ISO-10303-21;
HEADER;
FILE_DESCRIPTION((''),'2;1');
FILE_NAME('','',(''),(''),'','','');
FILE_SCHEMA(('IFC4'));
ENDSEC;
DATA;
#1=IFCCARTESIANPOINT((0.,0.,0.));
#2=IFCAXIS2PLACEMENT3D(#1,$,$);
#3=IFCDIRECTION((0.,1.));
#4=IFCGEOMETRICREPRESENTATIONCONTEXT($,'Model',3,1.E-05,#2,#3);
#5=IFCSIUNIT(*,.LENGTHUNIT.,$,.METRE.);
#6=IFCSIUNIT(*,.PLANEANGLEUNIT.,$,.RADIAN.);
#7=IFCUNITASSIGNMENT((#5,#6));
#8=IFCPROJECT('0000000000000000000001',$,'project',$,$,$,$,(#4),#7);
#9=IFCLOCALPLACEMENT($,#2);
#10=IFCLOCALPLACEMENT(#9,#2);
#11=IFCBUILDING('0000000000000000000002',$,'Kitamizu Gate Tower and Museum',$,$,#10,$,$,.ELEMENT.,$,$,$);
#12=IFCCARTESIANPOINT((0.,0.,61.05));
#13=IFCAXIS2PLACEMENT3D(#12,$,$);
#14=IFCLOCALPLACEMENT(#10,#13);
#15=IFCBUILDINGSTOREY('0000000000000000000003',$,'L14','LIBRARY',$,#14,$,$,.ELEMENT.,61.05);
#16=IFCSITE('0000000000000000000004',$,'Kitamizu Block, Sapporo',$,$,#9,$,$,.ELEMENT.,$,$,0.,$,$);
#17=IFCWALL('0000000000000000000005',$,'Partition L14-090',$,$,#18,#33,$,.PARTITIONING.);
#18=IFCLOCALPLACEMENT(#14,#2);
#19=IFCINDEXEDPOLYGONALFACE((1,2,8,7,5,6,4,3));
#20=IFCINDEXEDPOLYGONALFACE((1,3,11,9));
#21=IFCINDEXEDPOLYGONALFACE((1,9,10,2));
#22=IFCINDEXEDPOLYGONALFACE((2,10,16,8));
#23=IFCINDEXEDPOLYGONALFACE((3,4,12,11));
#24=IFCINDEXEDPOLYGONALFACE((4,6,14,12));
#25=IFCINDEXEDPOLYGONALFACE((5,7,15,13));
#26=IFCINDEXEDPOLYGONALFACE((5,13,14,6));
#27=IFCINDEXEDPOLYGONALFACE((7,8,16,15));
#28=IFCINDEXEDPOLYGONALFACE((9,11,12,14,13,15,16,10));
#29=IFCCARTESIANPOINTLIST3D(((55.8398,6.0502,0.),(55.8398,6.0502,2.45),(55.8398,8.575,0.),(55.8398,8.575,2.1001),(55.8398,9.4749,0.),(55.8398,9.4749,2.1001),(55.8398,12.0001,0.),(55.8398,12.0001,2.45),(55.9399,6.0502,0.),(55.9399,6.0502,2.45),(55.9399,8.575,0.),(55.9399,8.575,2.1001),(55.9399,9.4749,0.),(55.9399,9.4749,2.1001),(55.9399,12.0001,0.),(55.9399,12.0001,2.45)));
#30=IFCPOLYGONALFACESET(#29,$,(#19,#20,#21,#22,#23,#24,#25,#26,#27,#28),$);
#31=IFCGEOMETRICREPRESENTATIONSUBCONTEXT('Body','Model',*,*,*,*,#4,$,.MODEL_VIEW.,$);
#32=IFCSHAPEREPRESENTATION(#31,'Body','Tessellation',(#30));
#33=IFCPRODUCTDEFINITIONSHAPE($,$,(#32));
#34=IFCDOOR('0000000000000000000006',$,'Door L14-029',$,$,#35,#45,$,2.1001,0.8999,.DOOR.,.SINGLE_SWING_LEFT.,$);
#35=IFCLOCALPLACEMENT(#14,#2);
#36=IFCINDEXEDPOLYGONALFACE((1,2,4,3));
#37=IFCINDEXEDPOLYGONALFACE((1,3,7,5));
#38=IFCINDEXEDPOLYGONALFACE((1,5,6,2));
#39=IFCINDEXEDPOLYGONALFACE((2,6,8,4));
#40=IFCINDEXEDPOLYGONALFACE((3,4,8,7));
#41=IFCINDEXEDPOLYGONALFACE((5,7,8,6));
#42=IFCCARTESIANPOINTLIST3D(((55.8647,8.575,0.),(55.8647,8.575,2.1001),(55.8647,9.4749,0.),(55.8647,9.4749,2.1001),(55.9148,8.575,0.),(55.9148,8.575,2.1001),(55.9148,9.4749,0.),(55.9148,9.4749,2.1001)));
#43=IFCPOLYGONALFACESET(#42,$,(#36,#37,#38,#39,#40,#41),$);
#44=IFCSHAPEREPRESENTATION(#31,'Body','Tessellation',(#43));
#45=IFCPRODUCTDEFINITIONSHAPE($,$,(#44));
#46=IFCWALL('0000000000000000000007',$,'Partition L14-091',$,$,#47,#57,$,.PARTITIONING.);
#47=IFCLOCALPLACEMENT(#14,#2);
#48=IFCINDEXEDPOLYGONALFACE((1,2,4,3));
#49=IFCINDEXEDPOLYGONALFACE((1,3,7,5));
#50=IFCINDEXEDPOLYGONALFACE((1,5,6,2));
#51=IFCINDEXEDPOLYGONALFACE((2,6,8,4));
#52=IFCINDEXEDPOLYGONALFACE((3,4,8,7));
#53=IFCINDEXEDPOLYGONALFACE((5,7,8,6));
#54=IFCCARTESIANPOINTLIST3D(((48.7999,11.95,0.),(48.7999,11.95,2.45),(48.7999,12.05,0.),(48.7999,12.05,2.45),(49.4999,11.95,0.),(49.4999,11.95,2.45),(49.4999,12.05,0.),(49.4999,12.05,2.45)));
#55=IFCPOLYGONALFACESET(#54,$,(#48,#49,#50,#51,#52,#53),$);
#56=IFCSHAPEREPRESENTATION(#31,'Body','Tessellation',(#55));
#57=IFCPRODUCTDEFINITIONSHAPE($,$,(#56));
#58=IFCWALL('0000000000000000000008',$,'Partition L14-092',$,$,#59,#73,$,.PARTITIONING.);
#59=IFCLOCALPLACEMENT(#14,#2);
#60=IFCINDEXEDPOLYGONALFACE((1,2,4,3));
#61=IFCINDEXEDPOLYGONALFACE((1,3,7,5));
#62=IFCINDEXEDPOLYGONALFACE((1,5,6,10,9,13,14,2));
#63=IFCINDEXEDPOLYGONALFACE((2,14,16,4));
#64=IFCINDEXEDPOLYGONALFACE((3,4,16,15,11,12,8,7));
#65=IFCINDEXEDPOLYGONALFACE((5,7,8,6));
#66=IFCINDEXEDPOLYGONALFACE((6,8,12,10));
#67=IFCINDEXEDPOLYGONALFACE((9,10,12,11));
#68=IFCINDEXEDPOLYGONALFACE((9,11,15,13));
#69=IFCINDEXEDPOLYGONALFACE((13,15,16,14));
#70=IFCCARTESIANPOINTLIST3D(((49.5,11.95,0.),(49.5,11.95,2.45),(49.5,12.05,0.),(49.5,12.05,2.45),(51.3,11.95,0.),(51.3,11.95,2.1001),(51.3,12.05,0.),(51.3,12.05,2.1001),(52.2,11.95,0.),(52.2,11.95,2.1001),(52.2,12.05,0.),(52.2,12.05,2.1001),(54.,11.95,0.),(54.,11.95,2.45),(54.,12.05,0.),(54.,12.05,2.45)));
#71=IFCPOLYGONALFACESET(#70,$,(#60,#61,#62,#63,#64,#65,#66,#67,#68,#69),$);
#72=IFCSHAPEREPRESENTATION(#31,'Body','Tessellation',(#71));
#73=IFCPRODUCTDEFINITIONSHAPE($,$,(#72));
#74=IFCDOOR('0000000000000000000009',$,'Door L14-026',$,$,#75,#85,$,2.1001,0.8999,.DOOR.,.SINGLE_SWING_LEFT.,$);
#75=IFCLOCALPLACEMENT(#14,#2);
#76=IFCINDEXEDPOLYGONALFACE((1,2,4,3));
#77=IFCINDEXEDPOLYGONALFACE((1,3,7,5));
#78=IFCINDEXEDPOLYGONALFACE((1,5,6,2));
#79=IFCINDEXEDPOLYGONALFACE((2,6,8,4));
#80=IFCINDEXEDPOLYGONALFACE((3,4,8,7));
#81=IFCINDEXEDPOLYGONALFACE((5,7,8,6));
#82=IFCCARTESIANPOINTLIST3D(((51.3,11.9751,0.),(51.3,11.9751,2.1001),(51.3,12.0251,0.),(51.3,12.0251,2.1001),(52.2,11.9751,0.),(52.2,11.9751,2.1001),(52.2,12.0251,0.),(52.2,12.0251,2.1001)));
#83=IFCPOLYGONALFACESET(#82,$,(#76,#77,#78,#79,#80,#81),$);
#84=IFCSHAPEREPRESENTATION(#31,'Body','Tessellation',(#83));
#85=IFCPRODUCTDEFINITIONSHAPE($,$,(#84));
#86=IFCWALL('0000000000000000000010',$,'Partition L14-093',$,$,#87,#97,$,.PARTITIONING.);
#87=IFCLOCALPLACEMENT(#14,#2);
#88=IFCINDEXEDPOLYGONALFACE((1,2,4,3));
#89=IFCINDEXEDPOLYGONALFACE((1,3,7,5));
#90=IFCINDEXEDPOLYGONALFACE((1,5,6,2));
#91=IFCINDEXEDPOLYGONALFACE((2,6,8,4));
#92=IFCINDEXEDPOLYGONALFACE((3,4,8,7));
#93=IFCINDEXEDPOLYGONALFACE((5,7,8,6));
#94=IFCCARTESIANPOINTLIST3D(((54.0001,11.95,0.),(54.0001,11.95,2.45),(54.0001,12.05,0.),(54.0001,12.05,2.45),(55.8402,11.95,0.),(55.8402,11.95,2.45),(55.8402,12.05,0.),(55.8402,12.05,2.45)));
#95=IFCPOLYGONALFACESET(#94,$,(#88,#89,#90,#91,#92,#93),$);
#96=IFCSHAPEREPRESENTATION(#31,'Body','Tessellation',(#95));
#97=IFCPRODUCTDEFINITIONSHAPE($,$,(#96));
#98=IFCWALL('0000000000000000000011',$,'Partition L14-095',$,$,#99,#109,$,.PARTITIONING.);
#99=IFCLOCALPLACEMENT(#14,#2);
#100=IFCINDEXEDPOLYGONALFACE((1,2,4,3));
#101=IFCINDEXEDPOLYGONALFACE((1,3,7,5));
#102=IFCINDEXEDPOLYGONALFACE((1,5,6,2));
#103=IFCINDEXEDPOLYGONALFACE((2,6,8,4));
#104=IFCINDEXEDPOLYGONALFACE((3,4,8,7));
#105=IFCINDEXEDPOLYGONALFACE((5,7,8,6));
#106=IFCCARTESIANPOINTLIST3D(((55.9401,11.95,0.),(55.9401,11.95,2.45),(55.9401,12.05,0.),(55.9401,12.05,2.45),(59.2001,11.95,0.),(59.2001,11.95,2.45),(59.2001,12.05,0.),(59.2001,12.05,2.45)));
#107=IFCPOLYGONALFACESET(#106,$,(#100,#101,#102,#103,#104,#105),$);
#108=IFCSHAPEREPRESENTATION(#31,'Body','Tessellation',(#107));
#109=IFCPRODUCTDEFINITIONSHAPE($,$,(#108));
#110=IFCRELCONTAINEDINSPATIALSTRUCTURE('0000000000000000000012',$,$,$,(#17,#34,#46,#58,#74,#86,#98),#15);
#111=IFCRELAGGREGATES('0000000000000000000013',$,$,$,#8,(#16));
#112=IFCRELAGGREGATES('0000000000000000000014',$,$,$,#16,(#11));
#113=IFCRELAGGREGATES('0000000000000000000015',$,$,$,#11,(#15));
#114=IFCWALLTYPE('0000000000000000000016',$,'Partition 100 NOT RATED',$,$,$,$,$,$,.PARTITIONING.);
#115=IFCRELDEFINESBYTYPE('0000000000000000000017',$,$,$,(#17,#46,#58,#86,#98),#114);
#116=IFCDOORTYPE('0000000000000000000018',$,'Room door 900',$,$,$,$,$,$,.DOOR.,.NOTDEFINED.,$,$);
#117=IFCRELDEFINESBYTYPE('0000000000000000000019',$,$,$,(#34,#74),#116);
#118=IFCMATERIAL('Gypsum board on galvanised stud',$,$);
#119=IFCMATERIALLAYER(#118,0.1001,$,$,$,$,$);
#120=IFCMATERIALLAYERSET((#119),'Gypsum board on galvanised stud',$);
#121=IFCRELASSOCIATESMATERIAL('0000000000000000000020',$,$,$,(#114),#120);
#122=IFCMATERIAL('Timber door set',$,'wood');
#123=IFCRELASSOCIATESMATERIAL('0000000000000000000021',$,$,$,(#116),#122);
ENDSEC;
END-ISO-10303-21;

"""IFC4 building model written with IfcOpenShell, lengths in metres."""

from ifc_helpers import new_model, si_unit, direction, frame, frame_2d, origin, place, context, subcontext, project, spatial, rectangle, extrude, material, layer, layer_set, type_object, element, fill, save


model = new_model("IFC4")

# Units and contexts
model_context = context("Model", 3, precision=1e-05, world=origin(), true_north=direction((0.0, 1.0)))
body_context = subcontext(model_context, "Body", "Model", "MODEL_VIEW")
ifc_project = project(units=[si_unit("LENGTHUNIT", "METRE"), si_unit("PLANEANGLEUNIT", "RADIAN")], contexts=[model_context])

# Site, building, storey
site_placement = place(None, origin())
site = spatial("IfcSite", under=ifc_project, at=site_placement, Name="Kitamizu Block, Sapporo", CompositionType="ELEMENT", RefElevation=0.0)
building_placement = place(site_placement, origin())
building = spatial("IfcBuilding", under=site, at=building_placement, Name="Kitamizu Gate Tower and Museum", CompositionType="ELEMENT")
storey_placement = place(building_placement, frame((0.0, 0.0, 61.05)))
storey = spatial("IfcBuildingStorey", under=building, at=storey_placement, Name="L14", Description="LIBRARY", CompositionType="ELEMENT", Elevation=61.05)

# Shared definitions
ifc_material_1 = material(Name="Gypsum board on galvanised stud")
ifc_layer = layer(ifc_material_1, 0.1001)
ifc_layer_set = layer_set([ifc_layer], Name="Gypsum board on galvanised stud")
wall_type = type_object("IfcWallType", Name="Partition 100 NOT RATED", PredefinedType="PARTITIONING", material=ifc_layer_set)
ifc_material_2 = material(Name="Timber door set", Category="wood")
door_type = type_object("IfcDoorType", Name="Room door 900", OperationType="NOTDEFINED", PredefinedType="DOOR", material=ifc_material_2)

# Wall, opening, door
wall_1_placement = place(storey_placement, frame((55.8899, 6.05, 0.0), z_axis=(0.0, 0.0, 1.0), x_axis=(0.0, 1.0, 0.0)))
wall_1 = element("IfcWall", 1, at=wall_1_placement, inside=storey, type_object=wall_type, Name="Partition L14-090", PredefinedType="PARTITIONING", context=body_context, shape_type="SweptSolid", body=[
    extrude(rectangle(XDim=5.95, YDim=0.1001, at=frame_2d((2.9751, 0.0))), origin(), (0.0, 0.0, 1.0), 2.45),
])
opening_1_placement = place(wall_1_placement, frame((2.5249, 0.0, 0.0)))
opening_1 = element("IfcOpeningElement", 2, at=opening_1_placement, cuts=wall_1, PredefinedType="OPENING", context=body_context, shape_type="SweptSolid", body=[
    extrude(rectangle(XDim=0.8999, YDim=2.1001, at=frame_2d((0.45, 1.05))), frame((0.0, 0.0601, 0.0), z_axis=(0.0, -1.0, 0.0), x_axis=(1.0, 0.0, 0.0)), (0.0, 0.0, 1.0), 0.1201),
])
door_1_placement = place(opening_1_placement, frame((0.8999, 0.0, 0.0), x_axis=(-1.0, 0.0, 0.0)))
door_1 = element("IfcDoor", 3, at=door_1_placement, inside=storey, type_object=door_type, Name="Door L14-029", OperationType="SINGLE_SWING_LEFT", OverallHeight=2.1001, OverallWidth=0.8999, PredefinedType="DOOR", context=body_context, shape_type="SweptSolid", body=[
    extrude(rectangle(XDim=0.8999, YDim=2.1001, at=frame_2d((0.45, 1.05))), frame((0.0, 0.0249, 0.0), z_axis=(0.0, -1.0, 0.0), x_axis=(1.0, 0.0, 0.0)), (0.0, 0.0, 1.0), 0.05),
])
fill(opening_1, door_1)

# Wall
wall_2_placement = place(storey_placement, frame((49.5, 12.0, 0.0), z_axis=(0.0, 0.0, 1.0), x_axis=(-1.0, 0.0, 0.0)))
element("IfcWall", 4, at=wall_2_placement, inside=storey, type_object=wall_type, Name="Partition L14-091", PredefinedType="PARTITIONING", context=body_context, shape_type="SweptSolid", body=[
    extrude(rectangle(XDim=0.7, YDim=0.1001, at=frame_2d((0.3501, 0.0))), origin(), (0.0, 0.0, 1.0), 2.45),
])

# Wall, opening, door
wall_3_placement = place(storey_placement, frame((54.0, 12.0, 0.0), z_axis=(0.0, 0.0, 1.0), x_axis=(-1.0, 0.0, 0.0)))
wall_3 = element("IfcWall", 5, at=wall_3_placement, inside=storey, type_object=wall_type, Name="Partition L14-092", PredefinedType="PARTITIONING", context=body_context, shape_type="SweptSolid", body=[
    extrude(rectangle(XDim=4.5, YDim=0.1001, at=frame_2d((2.25, 0.0))), origin(), (0.0, 0.0, 1.0), 2.45),
])
opening_2_placement = place(wall_3_placement, frame((1.8, 0.0, 0.0)))
opening_2 = element("IfcOpeningElement", 6, at=opening_2_placement, cuts=wall_3, PredefinedType="OPENING", context=body_context, shape_type="SweptSolid", body=[
    extrude(rectangle(XDim=0.8999, YDim=2.1001, at=frame_2d((0.45, 1.05))), frame((0.0, 0.0601, 0.0), z_axis=(0.0, -1.0, 0.0), x_axis=(1.0, 0.0, 0.0)), (0.0, 0.0, 1.0), 0.1201),
])
door_2_placement = place(opening_2_placement, origin())
door_2 = element("IfcDoor", 7, at=door_2_placement, inside=storey, type_object=door_type, Name="Door L14-026", OperationType="SINGLE_SWING_LEFT", OverallHeight=2.1001, OverallWidth=0.8999, PredefinedType="DOOR", context=body_context, shape_type="SweptSolid", body=[
    extrude(rectangle(XDim=0.8999, YDim=2.1001, at=frame_2d((0.45, 1.05))), frame((0.0, 0.0249, 0.0), z_axis=(0.0, -1.0, 0.0), x_axis=(1.0, 0.0, 0.0)), (0.0, 0.0, 1.0), 0.05),
])
fill(opening_2, door_2)

# Walls
wall_4_placement = place(storey_placement, frame((55.8401, 12.0, 0.0), z_axis=(0.0, 0.0, 1.0), x_axis=(-1.0, 0.0, 0.0)))
element("IfcWall", 8, at=wall_4_placement, inside=storey, type_object=wall_type, Name="Partition L14-093", PredefinedType="PARTITIONING", context=body_context, shape_type="SweptSolid", body=[
    extrude(rectangle(XDim=1.8401, YDim=0.1001, at=frame_2d((0.9199, 0.0))), origin(), (0.0, 0.0, 1.0), 2.45),
])
wall_5_placement = place(storey_placement, frame((59.2, 12.0, 0.0), z_axis=(0.0, 0.0, 1.0), x_axis=(-1.0, 0.0, 0.0)))
element("IfcWall", 9, at=wall_5_placement, inside=storey, type_object=wall_type, Name="Partition L14-095", PredefinedType="PARTITIONING", context=body_context, shape_type="SweptSolid", body=[
    extrude(rectangle(XDim=3.26, YDim=0.1001, at=frame_2d((1.6299, 0.0))), origin(), (0.0, 0.0, 1.0), 2.45),
])

save(model, "model.ifc")
